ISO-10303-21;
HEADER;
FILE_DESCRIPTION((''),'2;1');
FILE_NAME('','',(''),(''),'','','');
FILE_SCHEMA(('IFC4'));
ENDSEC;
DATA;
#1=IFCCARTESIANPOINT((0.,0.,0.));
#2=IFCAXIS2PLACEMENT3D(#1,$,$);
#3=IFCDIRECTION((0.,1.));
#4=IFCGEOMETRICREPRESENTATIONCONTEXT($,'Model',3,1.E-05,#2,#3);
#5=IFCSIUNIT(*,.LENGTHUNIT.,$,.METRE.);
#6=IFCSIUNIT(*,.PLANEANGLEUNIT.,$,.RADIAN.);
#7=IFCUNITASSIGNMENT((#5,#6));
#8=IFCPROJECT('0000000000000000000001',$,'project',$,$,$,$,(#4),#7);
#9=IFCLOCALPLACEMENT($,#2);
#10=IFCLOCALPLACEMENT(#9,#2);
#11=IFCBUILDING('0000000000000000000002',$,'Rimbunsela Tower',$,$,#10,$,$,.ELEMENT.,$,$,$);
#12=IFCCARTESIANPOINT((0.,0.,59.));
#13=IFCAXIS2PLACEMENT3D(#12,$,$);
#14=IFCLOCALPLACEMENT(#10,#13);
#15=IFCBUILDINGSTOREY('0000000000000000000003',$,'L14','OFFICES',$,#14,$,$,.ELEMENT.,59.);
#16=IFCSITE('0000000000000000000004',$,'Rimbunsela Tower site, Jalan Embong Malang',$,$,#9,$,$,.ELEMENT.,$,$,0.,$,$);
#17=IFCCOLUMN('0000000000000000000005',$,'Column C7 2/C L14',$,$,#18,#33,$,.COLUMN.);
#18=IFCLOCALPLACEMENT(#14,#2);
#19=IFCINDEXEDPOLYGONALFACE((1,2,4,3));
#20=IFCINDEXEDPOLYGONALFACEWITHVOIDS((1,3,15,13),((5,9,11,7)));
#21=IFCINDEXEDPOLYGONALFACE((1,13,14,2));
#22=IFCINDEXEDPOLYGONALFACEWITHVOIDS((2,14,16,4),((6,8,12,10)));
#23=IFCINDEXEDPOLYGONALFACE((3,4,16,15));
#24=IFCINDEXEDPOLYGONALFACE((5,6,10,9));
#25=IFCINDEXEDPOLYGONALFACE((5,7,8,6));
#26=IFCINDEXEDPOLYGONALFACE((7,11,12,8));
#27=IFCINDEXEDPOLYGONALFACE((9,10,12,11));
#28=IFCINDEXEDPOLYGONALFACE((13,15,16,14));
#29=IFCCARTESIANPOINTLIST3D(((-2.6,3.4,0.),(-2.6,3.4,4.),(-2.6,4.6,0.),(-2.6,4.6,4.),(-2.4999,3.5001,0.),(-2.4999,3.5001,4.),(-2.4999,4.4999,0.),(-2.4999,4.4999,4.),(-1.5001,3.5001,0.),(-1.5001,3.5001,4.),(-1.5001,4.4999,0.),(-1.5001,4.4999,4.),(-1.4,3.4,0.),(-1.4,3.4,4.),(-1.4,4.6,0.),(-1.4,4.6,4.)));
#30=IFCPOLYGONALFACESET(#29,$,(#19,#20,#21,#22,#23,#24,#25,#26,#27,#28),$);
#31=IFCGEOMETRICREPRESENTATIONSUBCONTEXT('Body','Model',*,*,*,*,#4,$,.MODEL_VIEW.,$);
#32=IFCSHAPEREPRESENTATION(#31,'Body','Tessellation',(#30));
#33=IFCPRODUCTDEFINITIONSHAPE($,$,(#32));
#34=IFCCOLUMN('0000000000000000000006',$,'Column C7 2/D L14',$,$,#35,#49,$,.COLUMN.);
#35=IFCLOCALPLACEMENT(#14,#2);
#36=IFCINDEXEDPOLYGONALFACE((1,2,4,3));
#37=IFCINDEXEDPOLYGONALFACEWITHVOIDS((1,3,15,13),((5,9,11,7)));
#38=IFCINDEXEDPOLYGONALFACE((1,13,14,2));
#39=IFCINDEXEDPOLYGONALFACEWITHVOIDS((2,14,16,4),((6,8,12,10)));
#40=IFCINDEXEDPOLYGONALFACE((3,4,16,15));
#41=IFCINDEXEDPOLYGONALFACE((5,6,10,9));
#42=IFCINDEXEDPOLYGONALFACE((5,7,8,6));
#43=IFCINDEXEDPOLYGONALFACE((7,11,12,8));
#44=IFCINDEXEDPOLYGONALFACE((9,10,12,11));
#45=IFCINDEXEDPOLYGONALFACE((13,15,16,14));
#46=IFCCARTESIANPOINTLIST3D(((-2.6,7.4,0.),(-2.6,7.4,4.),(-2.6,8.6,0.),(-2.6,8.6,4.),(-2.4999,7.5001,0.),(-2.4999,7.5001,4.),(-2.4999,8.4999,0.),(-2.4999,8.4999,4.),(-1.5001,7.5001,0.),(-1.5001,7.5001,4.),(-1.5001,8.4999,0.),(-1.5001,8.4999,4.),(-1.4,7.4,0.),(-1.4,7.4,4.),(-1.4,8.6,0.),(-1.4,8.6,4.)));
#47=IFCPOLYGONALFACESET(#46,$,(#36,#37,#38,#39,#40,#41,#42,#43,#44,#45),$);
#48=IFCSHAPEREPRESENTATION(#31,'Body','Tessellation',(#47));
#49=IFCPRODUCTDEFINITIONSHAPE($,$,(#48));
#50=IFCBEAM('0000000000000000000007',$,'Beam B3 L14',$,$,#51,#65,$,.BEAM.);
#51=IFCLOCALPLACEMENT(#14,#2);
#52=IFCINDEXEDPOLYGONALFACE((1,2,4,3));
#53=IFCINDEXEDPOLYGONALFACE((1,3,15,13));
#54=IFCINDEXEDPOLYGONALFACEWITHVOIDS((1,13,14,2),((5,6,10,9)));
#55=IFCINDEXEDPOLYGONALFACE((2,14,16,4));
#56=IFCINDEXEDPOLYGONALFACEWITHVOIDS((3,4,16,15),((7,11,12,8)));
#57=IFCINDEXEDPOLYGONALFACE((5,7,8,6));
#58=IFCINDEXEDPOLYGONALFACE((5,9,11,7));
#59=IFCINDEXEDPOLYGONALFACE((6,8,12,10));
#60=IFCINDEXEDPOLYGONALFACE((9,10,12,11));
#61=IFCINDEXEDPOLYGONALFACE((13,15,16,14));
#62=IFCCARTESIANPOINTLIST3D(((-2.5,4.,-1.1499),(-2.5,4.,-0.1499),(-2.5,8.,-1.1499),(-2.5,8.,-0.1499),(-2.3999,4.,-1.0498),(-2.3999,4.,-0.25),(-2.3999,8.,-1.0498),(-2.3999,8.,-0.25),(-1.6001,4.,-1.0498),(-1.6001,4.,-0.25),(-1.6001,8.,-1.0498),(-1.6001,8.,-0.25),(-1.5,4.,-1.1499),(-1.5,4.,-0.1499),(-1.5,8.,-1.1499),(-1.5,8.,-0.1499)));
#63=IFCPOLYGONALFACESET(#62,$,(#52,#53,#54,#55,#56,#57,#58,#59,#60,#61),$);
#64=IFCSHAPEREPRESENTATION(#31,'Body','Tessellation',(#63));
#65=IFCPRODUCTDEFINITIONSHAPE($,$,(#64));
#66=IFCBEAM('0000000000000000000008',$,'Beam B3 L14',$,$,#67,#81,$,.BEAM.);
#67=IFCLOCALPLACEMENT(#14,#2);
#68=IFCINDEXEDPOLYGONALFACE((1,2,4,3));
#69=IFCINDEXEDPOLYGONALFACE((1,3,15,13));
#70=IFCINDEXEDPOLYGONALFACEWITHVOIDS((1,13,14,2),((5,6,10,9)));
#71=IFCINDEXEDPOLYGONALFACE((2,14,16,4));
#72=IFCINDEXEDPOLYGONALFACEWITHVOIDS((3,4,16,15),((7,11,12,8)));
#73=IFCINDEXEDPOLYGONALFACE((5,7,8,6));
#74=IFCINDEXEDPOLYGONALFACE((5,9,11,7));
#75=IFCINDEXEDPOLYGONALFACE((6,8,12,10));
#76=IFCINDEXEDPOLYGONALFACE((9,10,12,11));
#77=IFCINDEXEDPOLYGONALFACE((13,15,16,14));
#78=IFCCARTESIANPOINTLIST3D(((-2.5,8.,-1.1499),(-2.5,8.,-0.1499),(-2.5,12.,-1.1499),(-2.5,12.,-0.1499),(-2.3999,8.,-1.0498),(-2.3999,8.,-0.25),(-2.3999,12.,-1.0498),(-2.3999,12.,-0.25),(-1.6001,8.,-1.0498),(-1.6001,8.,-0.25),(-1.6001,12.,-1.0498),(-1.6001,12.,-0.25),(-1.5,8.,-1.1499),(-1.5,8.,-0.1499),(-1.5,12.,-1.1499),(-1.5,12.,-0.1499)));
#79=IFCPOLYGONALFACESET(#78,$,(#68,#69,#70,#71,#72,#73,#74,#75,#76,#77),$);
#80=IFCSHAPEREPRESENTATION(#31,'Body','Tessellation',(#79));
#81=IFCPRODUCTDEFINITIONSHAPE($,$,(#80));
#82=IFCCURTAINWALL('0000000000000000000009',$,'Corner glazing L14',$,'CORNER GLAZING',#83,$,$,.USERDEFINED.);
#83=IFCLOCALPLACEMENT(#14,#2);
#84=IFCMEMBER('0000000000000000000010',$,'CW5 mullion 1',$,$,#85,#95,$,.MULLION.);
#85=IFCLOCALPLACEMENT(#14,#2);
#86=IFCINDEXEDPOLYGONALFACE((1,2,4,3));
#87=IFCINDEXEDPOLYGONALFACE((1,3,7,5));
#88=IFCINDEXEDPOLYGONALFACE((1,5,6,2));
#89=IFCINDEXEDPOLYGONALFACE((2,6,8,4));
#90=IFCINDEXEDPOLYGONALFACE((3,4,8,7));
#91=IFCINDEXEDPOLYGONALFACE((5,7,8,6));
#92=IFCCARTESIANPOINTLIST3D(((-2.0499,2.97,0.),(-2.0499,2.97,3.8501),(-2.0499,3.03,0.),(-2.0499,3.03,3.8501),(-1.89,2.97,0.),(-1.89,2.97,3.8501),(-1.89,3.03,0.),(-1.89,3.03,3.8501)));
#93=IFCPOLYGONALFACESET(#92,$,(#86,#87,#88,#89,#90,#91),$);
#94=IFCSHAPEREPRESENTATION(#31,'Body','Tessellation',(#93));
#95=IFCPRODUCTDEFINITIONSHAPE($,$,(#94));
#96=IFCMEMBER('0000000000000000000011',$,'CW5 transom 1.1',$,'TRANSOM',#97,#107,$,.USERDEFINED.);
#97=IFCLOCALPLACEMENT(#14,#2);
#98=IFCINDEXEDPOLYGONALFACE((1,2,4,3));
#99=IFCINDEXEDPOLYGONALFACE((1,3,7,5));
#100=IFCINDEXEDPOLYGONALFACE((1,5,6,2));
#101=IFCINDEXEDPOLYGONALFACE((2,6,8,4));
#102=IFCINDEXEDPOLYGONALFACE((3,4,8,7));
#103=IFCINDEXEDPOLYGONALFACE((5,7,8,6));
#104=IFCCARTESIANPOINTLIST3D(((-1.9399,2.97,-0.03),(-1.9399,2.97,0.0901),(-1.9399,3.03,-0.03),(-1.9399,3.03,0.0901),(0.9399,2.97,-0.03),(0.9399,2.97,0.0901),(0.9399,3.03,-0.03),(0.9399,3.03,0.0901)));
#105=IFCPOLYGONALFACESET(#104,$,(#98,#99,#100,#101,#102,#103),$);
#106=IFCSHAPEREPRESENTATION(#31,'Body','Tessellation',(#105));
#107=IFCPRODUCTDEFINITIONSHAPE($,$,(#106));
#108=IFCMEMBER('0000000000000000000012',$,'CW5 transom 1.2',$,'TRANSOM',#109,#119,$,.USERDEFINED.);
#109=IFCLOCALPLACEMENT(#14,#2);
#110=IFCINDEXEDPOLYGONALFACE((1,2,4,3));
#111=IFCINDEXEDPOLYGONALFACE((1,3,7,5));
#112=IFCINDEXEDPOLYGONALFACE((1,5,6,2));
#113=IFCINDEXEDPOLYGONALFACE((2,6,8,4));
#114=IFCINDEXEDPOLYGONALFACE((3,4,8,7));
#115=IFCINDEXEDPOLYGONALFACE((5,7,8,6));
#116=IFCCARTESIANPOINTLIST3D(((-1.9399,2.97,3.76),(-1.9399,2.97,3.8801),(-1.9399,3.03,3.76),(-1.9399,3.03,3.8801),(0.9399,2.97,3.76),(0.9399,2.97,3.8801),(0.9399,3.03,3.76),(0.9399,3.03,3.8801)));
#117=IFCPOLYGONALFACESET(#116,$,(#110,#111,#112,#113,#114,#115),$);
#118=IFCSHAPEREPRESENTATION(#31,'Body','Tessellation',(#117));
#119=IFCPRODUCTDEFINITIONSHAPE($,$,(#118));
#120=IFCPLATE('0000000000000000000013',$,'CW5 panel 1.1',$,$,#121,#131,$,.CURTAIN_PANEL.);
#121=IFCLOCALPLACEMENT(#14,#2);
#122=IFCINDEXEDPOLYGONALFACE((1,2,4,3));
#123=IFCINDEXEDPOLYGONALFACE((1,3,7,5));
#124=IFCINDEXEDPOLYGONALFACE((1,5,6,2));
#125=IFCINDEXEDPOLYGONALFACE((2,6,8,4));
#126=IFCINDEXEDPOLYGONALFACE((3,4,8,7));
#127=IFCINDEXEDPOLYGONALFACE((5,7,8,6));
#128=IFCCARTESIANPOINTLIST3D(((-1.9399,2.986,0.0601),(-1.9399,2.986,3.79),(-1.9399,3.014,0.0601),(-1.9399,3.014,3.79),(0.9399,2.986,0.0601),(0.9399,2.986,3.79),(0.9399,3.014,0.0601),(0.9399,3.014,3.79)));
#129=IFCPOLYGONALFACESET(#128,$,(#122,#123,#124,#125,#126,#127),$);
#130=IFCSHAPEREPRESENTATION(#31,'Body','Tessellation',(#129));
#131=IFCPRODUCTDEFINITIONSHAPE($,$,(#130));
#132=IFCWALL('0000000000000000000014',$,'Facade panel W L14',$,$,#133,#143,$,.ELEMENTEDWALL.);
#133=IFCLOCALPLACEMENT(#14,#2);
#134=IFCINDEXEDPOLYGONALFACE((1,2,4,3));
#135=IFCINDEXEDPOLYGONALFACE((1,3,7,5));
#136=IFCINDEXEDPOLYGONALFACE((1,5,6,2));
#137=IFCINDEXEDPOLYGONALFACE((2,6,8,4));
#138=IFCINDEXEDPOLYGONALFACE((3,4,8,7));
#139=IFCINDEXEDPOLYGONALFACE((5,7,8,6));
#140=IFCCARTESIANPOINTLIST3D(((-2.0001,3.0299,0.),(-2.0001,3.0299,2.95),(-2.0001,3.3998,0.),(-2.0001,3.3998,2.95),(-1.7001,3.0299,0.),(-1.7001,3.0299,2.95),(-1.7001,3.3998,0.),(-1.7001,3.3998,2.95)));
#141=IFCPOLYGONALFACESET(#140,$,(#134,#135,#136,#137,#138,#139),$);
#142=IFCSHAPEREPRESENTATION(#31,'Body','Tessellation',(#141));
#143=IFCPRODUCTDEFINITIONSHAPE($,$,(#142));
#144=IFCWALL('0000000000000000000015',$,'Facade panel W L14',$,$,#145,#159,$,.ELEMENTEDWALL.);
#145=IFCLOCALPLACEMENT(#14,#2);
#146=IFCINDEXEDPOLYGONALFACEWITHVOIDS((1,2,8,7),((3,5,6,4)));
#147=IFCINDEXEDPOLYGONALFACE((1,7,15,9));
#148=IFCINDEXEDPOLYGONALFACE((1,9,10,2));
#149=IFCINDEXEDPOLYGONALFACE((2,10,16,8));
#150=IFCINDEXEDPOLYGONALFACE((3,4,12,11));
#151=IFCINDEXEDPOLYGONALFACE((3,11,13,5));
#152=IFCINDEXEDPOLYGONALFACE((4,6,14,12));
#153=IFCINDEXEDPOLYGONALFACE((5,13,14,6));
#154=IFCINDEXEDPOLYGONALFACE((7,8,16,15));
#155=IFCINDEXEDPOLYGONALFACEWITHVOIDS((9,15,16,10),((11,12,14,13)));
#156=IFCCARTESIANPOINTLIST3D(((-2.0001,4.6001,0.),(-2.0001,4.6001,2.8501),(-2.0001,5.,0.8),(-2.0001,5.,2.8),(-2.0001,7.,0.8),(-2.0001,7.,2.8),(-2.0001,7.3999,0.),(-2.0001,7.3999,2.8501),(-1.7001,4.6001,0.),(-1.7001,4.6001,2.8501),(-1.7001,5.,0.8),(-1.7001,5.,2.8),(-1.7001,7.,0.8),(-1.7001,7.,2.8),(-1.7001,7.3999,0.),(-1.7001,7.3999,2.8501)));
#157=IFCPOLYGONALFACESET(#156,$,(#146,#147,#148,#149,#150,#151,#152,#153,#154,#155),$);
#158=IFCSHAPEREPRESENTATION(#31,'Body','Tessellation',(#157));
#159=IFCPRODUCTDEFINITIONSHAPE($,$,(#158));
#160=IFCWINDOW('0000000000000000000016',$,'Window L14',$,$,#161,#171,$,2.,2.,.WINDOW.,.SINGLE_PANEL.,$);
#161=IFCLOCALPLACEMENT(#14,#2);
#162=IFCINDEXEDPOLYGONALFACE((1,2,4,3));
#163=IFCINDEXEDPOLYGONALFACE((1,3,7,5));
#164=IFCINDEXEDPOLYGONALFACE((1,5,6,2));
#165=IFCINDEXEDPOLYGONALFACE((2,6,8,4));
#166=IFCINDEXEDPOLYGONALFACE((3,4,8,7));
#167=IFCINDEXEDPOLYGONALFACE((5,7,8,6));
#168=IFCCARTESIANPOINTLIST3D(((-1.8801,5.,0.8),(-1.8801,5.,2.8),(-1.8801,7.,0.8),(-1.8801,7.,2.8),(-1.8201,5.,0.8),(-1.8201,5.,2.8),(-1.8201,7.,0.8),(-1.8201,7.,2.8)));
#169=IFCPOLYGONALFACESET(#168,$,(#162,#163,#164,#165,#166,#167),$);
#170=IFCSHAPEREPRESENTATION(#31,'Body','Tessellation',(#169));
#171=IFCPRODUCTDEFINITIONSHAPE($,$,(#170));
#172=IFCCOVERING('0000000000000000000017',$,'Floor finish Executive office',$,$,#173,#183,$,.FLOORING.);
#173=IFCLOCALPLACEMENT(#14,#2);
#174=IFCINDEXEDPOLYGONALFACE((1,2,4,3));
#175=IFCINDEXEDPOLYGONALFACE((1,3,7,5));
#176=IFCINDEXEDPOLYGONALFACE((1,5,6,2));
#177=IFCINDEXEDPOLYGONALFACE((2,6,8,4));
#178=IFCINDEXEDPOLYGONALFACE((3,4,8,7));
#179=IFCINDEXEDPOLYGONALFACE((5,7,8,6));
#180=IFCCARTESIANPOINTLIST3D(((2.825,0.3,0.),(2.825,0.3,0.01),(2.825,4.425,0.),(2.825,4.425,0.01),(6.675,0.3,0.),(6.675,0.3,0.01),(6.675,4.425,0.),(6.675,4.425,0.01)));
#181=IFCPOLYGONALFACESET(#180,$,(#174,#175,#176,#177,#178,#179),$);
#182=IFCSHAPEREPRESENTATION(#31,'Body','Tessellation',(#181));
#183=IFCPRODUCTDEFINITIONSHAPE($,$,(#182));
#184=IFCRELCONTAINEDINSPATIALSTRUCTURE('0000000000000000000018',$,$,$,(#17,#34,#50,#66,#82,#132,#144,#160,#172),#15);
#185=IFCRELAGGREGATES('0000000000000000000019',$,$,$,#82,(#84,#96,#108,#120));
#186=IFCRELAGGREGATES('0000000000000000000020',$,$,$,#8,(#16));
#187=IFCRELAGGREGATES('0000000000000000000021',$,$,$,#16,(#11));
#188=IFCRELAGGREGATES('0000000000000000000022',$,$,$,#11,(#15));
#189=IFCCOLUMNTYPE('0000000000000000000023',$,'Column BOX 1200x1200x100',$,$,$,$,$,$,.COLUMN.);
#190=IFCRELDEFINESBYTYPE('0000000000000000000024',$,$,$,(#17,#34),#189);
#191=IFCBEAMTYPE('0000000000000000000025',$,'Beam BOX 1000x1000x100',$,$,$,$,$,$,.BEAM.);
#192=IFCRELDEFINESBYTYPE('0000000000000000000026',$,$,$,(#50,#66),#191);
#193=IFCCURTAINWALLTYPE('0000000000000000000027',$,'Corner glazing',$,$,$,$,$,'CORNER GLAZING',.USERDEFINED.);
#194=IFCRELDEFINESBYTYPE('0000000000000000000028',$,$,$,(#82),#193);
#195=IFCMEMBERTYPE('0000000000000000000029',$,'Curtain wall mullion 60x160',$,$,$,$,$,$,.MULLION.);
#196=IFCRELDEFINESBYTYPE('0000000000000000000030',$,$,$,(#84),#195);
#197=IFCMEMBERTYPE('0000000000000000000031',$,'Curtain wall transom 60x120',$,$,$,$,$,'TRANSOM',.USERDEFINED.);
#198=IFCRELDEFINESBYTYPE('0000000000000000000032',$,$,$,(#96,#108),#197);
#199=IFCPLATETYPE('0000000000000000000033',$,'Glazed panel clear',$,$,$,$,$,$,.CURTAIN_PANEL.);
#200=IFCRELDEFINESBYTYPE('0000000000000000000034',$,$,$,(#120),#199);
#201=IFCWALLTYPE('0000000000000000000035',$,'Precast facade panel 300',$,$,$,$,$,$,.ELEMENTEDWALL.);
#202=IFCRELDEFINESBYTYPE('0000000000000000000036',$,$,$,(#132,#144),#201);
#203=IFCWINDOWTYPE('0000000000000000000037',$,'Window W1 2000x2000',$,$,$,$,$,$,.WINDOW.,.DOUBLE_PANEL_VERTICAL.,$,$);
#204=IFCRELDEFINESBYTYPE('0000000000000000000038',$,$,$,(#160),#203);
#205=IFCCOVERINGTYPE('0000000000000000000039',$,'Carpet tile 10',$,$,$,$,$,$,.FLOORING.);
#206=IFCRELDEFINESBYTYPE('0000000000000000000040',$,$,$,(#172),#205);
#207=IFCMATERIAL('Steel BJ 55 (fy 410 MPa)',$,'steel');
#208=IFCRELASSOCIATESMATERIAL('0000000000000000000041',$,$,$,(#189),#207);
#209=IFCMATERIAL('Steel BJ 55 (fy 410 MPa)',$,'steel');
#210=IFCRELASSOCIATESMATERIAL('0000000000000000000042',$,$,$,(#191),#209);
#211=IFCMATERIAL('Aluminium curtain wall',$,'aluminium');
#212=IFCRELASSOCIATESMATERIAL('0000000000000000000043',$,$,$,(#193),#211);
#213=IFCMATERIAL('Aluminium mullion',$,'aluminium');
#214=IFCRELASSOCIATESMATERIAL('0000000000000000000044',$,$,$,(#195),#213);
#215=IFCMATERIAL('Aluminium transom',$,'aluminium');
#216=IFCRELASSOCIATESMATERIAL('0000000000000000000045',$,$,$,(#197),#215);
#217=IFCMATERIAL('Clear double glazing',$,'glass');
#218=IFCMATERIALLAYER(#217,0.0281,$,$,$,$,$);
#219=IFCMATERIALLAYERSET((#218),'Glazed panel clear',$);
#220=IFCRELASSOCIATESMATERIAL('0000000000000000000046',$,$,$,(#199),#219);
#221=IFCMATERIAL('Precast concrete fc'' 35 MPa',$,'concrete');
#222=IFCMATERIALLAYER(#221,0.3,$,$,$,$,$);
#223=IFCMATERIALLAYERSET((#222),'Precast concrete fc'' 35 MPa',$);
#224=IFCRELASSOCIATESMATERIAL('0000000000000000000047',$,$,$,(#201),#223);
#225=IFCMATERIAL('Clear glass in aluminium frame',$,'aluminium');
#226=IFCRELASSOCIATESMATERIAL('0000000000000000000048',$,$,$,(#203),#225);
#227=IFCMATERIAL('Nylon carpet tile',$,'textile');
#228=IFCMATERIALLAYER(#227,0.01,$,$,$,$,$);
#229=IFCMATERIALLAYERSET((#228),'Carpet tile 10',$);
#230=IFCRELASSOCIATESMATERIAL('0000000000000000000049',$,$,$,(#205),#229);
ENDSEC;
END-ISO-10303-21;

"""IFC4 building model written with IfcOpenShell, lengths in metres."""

from ifc_helpers import new_model, si_unit, direction, frame, frame_2d, origin, origin_2d, place, context, subcontext, project, spatial, polyline, rectangle, hollow_rectangle, outline, extrude, material, layer, layer_set, material_profile, profile_set, type_object, element, fill, aggregate, save


model = new_model("IFC4")

# Units and contexts
model_context = context("Model", 3, precision=1e-05, world=origin(), true_north=direction((0.0, 1.0)))
body_context = subcontext(model_context, "Body", "Model", "MODEL_VIEW")
ifc_project = project(units=[si_unit("LENGTHUNIT", "METRE"), si_unit("PLANEANGLEUNIT", "RADIAN")], contexts=[model_context])

# Site, building, storey
site_placement = place(None, origin())
site = spatial("IfcSite", under=ifc_project, at=site_placement, Name="Rimbunsela Tower site, Jalan Embong Malang", CompositionType="ELEMENT", RefElevation=0.0)
building_placement = place(site_placement, origin())
building = spatial("IfcBuilding", under=site, at=building_placement, Name="Rimbunsela Tower", CompositionType="ELEMENT")
storey_placement = place(building_placement, frame((0.0, 0.0, 59.0)))
storey = spatial("IfcBuildingStorey", under=building, at=storey_placement, Name="L14", Description="OFFICES", CompositionType="ELEMENT", Elevation=59.0)

# Columns
ifc_material_1 = material(Name="Steel BJ 55 (fy 410 MPa)", Category="steel")
ifc_material_profile_1 = material_profile(ifc_material_1, hollow_rectangle(XDim=1.2, YDim=1.2, WallThickness=0.1001, at=origin_2d()), Name="BOX 1200x1200x100")
ifc_profile_set_1 = profile_set([ifc_material_profile_1], Name="Steel BJ 55 (fy 410 MPa)")
column_type = type_object("IfcColumnType", Name="Column BOX 1200x1200x100", PredefinedType="COLUMN", material=ifc_profile_set_1)
for number, where, z_axis, x_axis, name in (
    (1, (-2.0, 4.0, 0.0), (0.0, 0.0, 1.0), (1.0, 0.0, 0.0), "Column C7 2/C L14"),
    (2, (-2.0, 8.0, 0.0), (0.0, 0.0, 1.0), (1.0, 0.0, 0.0), "Column C7 2/D L14"),
):
    element("IfcColumn", number, at=place(storey_placement, frame(where, z_axis=z_axis, x_axis=x_axis)), inside=storey, type_object=column_type, Name=name, PredefinedType="COLUMN", context=body_context, shape_type="SweptSolid", body=[
        extrude(hollow_rectangle(XDim=1.2, YDim=1.2, WallThickness=0.1001, at=origin_2d()), origin(), (0.0, 0.0, 1.0), 4.0),
    ])

# Beams
ifc_material_2 = material(Name="Steel BJ 55 (fy 410 MPa)", Category="steel")
ifc_material_profile_2 = material_profile(ifc_material_2, hollow_rectangle(XDim=1.0, YDim=1.0, WallThickness=0.1001, at=origin_2d()), Name="BOX 1000x1000x100")
ifc_profile_set_2 = profile_set([ifc_material_profile_2], Name="Steel BJ 55 (fy 410 MPa)")
beam_type = type_object("IfcBeamType", Name="Beam BOX 1000x1000x100", PredefinedType="BEAM", material=ifc_profile_set_2)
for number, where, z_axis, x_axis, name in (
    (3, (-2.0, 4.0, -0.6499), (0.0, 1.0, 0.0), (-1.0, 0.0, 0.0), "Beam B3 L14"),
    (4, (-2.0, 8.0, -0.6499), (0.0, 1.0, 0.0), (-1.0, 0.0, 0.0), "Beam B3 L14"),
):
    element("IfcBeam", number, at=place(storey_placement, frame(where, z_axis=z_axis, x_axis=x_axis)), inside=storey, type_object=beam_type, Name=name, PredefinedType="BEAM", context=body_context, shape_type="SweptSolid", body=[
        extrude(hollow_rectangle(XDim=1.0, YDim=1.0, WallThickness=0.1001, at=origin_2d()), origin(), (0.0, 0.0, 1.0), 4.0),
    ])

# Curtain wall, members, plate
ifc_material_3 = material(Name="Aluminium curtain wall", Category="aluminium")
curtain_wall_type = type_object("IfcCurtainWallType", Name="Corner glazing", ElementType="CORNER GLAZING", PredefinedType="USERDEFINED", material=ifc_material_3)
curtain_wall_placement = place(storey_placement, origin())
curtain_wall = element("IfcCurtainWall", 5, at=curtain_wall_placement, inside=storey, type_object=curtain_wall_type, Name="Corner glazing L14", ObjectType="CORNER GLAZING", PredefinedType="USERDEFINED")
ifc_material_4 = material(Name="Aluminium mullion", Category="aluminium")
ifc_material_profile_3 = material_profile(ifc_material_4, rectangle(XDim=0.0601, YDim=0.1599, at=origin_2d()), Name="Mullion 60x160")
ifc_profile_set_3 = profile_set([ifc_material_profile_3], Name="Aluminium mullion")
member_type_1 = type_object("IfcMemberType", Name="Curtain wall mullion 60x160", PredefinedType="MULLION", material=ifc_profile_set_3)
member_1_placement = place(storey_placement, frame((-1.97, 3.0, 0.0), z_axis=(0.0, 0.0, 1.0), x_axis=(0.0, 1.0, 0.0)))
member_1 = element("IfcMember", 6, at=member_1_placement, type_object=member_type_1, Name="CW5 mullion 1", PredefinedType="MULLION", context=body_context, shape_type="SweptSolid", body=[
    extrude(rectangle(XDim=0.0601, YDim=0.1599, at=origin_2d()), origin(), (0.0, 0.0, 1.0), 3.8501),
])
ifc_material_5 = material(Name="Aluminium transom", Category="aluminium")
ifc_material_profile_4 = material_profile(ifc_material_5, rectangle(XDim=0.0601, YDim=0.1201, at=origin_2d()), Name="Transom 60x120")
ifc_profile_set_4 = profile_set([ifc_material_profile_4], Name="Aluminium transom")
member_type_2 = type_object("IfcMemberType", Name="Curtain wall transom 60x120", ElementType="TRANSOM", PredefinedType="USERDEFINED", material=ifc_profile_set_4)
member_2_placement = place(storey_placement, frame((-1.9399, 3.0, 0.03), z_axis=(1.0, 0.0, 0.0), x_axis=(0.0, 1.0, 0.0)))
member_2 = element("IfcMember", 7, at=member_2_placement, type_object=member_type_2, Name="CW5 transom 1.1", ObjectType="TRANSOM", PredefinedType="USERDEFINED", context=body_context, shape_type="SweptSolid", body=[
    extrude(rectangle(XDim=0.0601, YDim=0.1201, at=origin_2d()), origin(), (0.0, 0.0, 1.0), 2.8799),
])
member_3_placement = place(storey_placement, frame((-1.9399, 3.0, 3.8201), z_axis=(1.0, 0.0, 0.0), x_axis=(0.0, 1.0, 0.0)))
member_3 = element("IfcMember", 8, at=member_3_placement, type_object=member_type_2, Name="CW5 transom 1.2", ObjectType="TRANSOM", PredefinedType="USERDEFINED", context=body_context, shape_type="SweptSolid", body=[
    extrude(rectangle(XDim=0.0601, YDim=0.1201, at=origin_2d()), origin(), (0.0, 0.0, 1.0), 2.8799),
])
ifc_material_6 = material(Name="Clear double glazing", Category="glass")
ifc_layer_1 = layer(ifc_material_6, 0.0281)
ifc_layer_set_1 = layer_set([ifc_layer_1], Name="Glazed panel clear")
plate_type = type_object("IfcPlateType", Name="Glazed panel clear", PredefinedType="CURTAIN_PANEL", material=ifc_layer_set_1)
plate_placement = place(storey_placement, frame((-0.5, 3.0, 0.0601), z_axis=(0.0, 0.0, 1.0), x_axis=(1.0, 0.0, 0.0)))
plate = element("IfcPlate", 9, at=plate_placement, type_object=plate_type, Name="CW5 panel 1.1", PredefinedType="CURTAIN_PANEL", context=body_context, shape_type="SweptSolid", body=[
    extrude(rectangle(XDim=2.8799, YDim=0.0281, at=origin_2d()), origin(), (0.0, 0.0, 1.0), 3.73),
])
aggregate(curtain_wall, [member_1, member_2, member_3, plate])

# Wall
ifc_material_7 = material(Name="Precast concrete fc' 35 MPa", Category="concrete")
ifc_layer_2 = layer(ifc_material_7, 0.3)
ifc_layer_set_2 = layer_set([ifc_layer_2], Name="Precast concrete fc' 35 MPa")
wall_type = type_object("IfcWallType", Name="Precast facade panel 300", PredefinedType="ELEMENTEDWALL", material=ifc_layer_set_2)
wall_1_placement = place(storey_placement, frame((-1.8501, 3.3999, 0.0), z_axis=(0.0, 0.0, 1.0), x_axis=(0.0, -1.0, 0.0)))
element("IfcWall", 10, at=wall_1_placement, inside=storey, type_object=wall_type, Name="Facade panel W L14", PredefinedType="ELEMENTEDWALL", context=body_context, shape_type="SweptSolid", body=[
    extrude(rectangle(XDim=0.3699, YDim=0.3, at=frame_2d((0.1851, 0.0))), origin(), (0.0, 0.0, 1.0), 2.95),
])

# Wall, opening, window
wall_2_placement = place(storey_placement, frame((-1.8501, 7.3999, 0.0), z_axis=(0.0, 0.0, 1.0), x_axis=(0.0, -1.0, 0.0)))
wall_2 = element("IfcWall", 11, at=wall_2_placement, inside=storey, type_object=wall_type, Name="Facade panel W L14", PredefinedType="ELEMENTEDWALL", context=body_context, shape_type="SweptSolid", body=[
    extrude(rectangle(XDim=2.7998, YDim=0.3, at=frame_2d((1.3999, 0.0))), origin(), (0.0, 0.0, 1.0), 2.8501),
])
opening_placement = place(wall_2_placement, frame((0.3999, 0.0, 0.8)))
opening = element("IfcOpeningElement", 12, at=opening_placement, cuts=wall_2, PredefinedType="OPENING", context=body_context, shape_type="SweptSolid", body=[
    extrude(rectangle(XDim=2.0, YDim=2.0, at=frame_2d((1.0, 1.0))), frame((0.0, 0.1599, 0.0), z_axis=(0.0, -1.0, 0.0), x_axis=(1.0, 0.0, 0.0)), (0.0, 0.0, 1.0), 0.3201),
])
ifc_material_8 = material(Name="Clear glass in aluminium frame", Category="aluminium")
window_type = type_object("IfcWindowType", Name="Window W1 2000x2000", PartitioningType="DOUBLE_PANEL_VERTICAL", PredefinedType="WINDOW", material=ifc_material_8)
window_placement = place(opening_placement, origin())
window = element("IfcWindow", 13, at=window_placement, inside=storey, type_object=window_type, Name="Window L14", OverallHeight=2.0, OverallWidth=2.0, PartitioningType="SINGLE_PANEL", PredefinedType="WINDOW", context=body_context, shape_type="SweptSolid", body=[
    extrude(rectangle(XDim=2.0, YDim=2.0, at=frame_2d((1.0, 1.0))), frame((0.0, 0.03, 0.0), z_axis=(0.0, -1.0, 0.0), x_axis=(1.0, 0.0, 0.0)), (0.0, 0.0, 1.0), 0.0601),
])
fill(opening, window)

# Covering
ifc_material_9 = material(Name="Nylon carpet tile", Category="textile")
ifc_layer_3 = layer(ifc_material_9, 0.01)
ifc_layer_set_3 = layer_set([ifc_layer_3], Name="Carpet tile 10")
covering_type_1 = type_object("IfcCoveringType", Name="Carpet tile 10", PredefinedType="FLOORING", material=ifc_layer_set_3)
covering_1_placement = place(storey_placement, origin())
element("IfcCovering", 14, at=covering_1_placement, inside=storey, type_object=covering_type_1, Name="Floor finish Executive office", PredefinedType="FLOORING", context=body_context, shape_type="SweptSolid", body=[
    extrude(outline(polyline([(6.675, 0.3), (6.675, 4.425), (2.825, 4.425), (2.825, 0.3), (6.675, 0.3)])), origin(), (0.0, 0.0, 1.0), 0.01),
])

save(model, "model.ifc")
